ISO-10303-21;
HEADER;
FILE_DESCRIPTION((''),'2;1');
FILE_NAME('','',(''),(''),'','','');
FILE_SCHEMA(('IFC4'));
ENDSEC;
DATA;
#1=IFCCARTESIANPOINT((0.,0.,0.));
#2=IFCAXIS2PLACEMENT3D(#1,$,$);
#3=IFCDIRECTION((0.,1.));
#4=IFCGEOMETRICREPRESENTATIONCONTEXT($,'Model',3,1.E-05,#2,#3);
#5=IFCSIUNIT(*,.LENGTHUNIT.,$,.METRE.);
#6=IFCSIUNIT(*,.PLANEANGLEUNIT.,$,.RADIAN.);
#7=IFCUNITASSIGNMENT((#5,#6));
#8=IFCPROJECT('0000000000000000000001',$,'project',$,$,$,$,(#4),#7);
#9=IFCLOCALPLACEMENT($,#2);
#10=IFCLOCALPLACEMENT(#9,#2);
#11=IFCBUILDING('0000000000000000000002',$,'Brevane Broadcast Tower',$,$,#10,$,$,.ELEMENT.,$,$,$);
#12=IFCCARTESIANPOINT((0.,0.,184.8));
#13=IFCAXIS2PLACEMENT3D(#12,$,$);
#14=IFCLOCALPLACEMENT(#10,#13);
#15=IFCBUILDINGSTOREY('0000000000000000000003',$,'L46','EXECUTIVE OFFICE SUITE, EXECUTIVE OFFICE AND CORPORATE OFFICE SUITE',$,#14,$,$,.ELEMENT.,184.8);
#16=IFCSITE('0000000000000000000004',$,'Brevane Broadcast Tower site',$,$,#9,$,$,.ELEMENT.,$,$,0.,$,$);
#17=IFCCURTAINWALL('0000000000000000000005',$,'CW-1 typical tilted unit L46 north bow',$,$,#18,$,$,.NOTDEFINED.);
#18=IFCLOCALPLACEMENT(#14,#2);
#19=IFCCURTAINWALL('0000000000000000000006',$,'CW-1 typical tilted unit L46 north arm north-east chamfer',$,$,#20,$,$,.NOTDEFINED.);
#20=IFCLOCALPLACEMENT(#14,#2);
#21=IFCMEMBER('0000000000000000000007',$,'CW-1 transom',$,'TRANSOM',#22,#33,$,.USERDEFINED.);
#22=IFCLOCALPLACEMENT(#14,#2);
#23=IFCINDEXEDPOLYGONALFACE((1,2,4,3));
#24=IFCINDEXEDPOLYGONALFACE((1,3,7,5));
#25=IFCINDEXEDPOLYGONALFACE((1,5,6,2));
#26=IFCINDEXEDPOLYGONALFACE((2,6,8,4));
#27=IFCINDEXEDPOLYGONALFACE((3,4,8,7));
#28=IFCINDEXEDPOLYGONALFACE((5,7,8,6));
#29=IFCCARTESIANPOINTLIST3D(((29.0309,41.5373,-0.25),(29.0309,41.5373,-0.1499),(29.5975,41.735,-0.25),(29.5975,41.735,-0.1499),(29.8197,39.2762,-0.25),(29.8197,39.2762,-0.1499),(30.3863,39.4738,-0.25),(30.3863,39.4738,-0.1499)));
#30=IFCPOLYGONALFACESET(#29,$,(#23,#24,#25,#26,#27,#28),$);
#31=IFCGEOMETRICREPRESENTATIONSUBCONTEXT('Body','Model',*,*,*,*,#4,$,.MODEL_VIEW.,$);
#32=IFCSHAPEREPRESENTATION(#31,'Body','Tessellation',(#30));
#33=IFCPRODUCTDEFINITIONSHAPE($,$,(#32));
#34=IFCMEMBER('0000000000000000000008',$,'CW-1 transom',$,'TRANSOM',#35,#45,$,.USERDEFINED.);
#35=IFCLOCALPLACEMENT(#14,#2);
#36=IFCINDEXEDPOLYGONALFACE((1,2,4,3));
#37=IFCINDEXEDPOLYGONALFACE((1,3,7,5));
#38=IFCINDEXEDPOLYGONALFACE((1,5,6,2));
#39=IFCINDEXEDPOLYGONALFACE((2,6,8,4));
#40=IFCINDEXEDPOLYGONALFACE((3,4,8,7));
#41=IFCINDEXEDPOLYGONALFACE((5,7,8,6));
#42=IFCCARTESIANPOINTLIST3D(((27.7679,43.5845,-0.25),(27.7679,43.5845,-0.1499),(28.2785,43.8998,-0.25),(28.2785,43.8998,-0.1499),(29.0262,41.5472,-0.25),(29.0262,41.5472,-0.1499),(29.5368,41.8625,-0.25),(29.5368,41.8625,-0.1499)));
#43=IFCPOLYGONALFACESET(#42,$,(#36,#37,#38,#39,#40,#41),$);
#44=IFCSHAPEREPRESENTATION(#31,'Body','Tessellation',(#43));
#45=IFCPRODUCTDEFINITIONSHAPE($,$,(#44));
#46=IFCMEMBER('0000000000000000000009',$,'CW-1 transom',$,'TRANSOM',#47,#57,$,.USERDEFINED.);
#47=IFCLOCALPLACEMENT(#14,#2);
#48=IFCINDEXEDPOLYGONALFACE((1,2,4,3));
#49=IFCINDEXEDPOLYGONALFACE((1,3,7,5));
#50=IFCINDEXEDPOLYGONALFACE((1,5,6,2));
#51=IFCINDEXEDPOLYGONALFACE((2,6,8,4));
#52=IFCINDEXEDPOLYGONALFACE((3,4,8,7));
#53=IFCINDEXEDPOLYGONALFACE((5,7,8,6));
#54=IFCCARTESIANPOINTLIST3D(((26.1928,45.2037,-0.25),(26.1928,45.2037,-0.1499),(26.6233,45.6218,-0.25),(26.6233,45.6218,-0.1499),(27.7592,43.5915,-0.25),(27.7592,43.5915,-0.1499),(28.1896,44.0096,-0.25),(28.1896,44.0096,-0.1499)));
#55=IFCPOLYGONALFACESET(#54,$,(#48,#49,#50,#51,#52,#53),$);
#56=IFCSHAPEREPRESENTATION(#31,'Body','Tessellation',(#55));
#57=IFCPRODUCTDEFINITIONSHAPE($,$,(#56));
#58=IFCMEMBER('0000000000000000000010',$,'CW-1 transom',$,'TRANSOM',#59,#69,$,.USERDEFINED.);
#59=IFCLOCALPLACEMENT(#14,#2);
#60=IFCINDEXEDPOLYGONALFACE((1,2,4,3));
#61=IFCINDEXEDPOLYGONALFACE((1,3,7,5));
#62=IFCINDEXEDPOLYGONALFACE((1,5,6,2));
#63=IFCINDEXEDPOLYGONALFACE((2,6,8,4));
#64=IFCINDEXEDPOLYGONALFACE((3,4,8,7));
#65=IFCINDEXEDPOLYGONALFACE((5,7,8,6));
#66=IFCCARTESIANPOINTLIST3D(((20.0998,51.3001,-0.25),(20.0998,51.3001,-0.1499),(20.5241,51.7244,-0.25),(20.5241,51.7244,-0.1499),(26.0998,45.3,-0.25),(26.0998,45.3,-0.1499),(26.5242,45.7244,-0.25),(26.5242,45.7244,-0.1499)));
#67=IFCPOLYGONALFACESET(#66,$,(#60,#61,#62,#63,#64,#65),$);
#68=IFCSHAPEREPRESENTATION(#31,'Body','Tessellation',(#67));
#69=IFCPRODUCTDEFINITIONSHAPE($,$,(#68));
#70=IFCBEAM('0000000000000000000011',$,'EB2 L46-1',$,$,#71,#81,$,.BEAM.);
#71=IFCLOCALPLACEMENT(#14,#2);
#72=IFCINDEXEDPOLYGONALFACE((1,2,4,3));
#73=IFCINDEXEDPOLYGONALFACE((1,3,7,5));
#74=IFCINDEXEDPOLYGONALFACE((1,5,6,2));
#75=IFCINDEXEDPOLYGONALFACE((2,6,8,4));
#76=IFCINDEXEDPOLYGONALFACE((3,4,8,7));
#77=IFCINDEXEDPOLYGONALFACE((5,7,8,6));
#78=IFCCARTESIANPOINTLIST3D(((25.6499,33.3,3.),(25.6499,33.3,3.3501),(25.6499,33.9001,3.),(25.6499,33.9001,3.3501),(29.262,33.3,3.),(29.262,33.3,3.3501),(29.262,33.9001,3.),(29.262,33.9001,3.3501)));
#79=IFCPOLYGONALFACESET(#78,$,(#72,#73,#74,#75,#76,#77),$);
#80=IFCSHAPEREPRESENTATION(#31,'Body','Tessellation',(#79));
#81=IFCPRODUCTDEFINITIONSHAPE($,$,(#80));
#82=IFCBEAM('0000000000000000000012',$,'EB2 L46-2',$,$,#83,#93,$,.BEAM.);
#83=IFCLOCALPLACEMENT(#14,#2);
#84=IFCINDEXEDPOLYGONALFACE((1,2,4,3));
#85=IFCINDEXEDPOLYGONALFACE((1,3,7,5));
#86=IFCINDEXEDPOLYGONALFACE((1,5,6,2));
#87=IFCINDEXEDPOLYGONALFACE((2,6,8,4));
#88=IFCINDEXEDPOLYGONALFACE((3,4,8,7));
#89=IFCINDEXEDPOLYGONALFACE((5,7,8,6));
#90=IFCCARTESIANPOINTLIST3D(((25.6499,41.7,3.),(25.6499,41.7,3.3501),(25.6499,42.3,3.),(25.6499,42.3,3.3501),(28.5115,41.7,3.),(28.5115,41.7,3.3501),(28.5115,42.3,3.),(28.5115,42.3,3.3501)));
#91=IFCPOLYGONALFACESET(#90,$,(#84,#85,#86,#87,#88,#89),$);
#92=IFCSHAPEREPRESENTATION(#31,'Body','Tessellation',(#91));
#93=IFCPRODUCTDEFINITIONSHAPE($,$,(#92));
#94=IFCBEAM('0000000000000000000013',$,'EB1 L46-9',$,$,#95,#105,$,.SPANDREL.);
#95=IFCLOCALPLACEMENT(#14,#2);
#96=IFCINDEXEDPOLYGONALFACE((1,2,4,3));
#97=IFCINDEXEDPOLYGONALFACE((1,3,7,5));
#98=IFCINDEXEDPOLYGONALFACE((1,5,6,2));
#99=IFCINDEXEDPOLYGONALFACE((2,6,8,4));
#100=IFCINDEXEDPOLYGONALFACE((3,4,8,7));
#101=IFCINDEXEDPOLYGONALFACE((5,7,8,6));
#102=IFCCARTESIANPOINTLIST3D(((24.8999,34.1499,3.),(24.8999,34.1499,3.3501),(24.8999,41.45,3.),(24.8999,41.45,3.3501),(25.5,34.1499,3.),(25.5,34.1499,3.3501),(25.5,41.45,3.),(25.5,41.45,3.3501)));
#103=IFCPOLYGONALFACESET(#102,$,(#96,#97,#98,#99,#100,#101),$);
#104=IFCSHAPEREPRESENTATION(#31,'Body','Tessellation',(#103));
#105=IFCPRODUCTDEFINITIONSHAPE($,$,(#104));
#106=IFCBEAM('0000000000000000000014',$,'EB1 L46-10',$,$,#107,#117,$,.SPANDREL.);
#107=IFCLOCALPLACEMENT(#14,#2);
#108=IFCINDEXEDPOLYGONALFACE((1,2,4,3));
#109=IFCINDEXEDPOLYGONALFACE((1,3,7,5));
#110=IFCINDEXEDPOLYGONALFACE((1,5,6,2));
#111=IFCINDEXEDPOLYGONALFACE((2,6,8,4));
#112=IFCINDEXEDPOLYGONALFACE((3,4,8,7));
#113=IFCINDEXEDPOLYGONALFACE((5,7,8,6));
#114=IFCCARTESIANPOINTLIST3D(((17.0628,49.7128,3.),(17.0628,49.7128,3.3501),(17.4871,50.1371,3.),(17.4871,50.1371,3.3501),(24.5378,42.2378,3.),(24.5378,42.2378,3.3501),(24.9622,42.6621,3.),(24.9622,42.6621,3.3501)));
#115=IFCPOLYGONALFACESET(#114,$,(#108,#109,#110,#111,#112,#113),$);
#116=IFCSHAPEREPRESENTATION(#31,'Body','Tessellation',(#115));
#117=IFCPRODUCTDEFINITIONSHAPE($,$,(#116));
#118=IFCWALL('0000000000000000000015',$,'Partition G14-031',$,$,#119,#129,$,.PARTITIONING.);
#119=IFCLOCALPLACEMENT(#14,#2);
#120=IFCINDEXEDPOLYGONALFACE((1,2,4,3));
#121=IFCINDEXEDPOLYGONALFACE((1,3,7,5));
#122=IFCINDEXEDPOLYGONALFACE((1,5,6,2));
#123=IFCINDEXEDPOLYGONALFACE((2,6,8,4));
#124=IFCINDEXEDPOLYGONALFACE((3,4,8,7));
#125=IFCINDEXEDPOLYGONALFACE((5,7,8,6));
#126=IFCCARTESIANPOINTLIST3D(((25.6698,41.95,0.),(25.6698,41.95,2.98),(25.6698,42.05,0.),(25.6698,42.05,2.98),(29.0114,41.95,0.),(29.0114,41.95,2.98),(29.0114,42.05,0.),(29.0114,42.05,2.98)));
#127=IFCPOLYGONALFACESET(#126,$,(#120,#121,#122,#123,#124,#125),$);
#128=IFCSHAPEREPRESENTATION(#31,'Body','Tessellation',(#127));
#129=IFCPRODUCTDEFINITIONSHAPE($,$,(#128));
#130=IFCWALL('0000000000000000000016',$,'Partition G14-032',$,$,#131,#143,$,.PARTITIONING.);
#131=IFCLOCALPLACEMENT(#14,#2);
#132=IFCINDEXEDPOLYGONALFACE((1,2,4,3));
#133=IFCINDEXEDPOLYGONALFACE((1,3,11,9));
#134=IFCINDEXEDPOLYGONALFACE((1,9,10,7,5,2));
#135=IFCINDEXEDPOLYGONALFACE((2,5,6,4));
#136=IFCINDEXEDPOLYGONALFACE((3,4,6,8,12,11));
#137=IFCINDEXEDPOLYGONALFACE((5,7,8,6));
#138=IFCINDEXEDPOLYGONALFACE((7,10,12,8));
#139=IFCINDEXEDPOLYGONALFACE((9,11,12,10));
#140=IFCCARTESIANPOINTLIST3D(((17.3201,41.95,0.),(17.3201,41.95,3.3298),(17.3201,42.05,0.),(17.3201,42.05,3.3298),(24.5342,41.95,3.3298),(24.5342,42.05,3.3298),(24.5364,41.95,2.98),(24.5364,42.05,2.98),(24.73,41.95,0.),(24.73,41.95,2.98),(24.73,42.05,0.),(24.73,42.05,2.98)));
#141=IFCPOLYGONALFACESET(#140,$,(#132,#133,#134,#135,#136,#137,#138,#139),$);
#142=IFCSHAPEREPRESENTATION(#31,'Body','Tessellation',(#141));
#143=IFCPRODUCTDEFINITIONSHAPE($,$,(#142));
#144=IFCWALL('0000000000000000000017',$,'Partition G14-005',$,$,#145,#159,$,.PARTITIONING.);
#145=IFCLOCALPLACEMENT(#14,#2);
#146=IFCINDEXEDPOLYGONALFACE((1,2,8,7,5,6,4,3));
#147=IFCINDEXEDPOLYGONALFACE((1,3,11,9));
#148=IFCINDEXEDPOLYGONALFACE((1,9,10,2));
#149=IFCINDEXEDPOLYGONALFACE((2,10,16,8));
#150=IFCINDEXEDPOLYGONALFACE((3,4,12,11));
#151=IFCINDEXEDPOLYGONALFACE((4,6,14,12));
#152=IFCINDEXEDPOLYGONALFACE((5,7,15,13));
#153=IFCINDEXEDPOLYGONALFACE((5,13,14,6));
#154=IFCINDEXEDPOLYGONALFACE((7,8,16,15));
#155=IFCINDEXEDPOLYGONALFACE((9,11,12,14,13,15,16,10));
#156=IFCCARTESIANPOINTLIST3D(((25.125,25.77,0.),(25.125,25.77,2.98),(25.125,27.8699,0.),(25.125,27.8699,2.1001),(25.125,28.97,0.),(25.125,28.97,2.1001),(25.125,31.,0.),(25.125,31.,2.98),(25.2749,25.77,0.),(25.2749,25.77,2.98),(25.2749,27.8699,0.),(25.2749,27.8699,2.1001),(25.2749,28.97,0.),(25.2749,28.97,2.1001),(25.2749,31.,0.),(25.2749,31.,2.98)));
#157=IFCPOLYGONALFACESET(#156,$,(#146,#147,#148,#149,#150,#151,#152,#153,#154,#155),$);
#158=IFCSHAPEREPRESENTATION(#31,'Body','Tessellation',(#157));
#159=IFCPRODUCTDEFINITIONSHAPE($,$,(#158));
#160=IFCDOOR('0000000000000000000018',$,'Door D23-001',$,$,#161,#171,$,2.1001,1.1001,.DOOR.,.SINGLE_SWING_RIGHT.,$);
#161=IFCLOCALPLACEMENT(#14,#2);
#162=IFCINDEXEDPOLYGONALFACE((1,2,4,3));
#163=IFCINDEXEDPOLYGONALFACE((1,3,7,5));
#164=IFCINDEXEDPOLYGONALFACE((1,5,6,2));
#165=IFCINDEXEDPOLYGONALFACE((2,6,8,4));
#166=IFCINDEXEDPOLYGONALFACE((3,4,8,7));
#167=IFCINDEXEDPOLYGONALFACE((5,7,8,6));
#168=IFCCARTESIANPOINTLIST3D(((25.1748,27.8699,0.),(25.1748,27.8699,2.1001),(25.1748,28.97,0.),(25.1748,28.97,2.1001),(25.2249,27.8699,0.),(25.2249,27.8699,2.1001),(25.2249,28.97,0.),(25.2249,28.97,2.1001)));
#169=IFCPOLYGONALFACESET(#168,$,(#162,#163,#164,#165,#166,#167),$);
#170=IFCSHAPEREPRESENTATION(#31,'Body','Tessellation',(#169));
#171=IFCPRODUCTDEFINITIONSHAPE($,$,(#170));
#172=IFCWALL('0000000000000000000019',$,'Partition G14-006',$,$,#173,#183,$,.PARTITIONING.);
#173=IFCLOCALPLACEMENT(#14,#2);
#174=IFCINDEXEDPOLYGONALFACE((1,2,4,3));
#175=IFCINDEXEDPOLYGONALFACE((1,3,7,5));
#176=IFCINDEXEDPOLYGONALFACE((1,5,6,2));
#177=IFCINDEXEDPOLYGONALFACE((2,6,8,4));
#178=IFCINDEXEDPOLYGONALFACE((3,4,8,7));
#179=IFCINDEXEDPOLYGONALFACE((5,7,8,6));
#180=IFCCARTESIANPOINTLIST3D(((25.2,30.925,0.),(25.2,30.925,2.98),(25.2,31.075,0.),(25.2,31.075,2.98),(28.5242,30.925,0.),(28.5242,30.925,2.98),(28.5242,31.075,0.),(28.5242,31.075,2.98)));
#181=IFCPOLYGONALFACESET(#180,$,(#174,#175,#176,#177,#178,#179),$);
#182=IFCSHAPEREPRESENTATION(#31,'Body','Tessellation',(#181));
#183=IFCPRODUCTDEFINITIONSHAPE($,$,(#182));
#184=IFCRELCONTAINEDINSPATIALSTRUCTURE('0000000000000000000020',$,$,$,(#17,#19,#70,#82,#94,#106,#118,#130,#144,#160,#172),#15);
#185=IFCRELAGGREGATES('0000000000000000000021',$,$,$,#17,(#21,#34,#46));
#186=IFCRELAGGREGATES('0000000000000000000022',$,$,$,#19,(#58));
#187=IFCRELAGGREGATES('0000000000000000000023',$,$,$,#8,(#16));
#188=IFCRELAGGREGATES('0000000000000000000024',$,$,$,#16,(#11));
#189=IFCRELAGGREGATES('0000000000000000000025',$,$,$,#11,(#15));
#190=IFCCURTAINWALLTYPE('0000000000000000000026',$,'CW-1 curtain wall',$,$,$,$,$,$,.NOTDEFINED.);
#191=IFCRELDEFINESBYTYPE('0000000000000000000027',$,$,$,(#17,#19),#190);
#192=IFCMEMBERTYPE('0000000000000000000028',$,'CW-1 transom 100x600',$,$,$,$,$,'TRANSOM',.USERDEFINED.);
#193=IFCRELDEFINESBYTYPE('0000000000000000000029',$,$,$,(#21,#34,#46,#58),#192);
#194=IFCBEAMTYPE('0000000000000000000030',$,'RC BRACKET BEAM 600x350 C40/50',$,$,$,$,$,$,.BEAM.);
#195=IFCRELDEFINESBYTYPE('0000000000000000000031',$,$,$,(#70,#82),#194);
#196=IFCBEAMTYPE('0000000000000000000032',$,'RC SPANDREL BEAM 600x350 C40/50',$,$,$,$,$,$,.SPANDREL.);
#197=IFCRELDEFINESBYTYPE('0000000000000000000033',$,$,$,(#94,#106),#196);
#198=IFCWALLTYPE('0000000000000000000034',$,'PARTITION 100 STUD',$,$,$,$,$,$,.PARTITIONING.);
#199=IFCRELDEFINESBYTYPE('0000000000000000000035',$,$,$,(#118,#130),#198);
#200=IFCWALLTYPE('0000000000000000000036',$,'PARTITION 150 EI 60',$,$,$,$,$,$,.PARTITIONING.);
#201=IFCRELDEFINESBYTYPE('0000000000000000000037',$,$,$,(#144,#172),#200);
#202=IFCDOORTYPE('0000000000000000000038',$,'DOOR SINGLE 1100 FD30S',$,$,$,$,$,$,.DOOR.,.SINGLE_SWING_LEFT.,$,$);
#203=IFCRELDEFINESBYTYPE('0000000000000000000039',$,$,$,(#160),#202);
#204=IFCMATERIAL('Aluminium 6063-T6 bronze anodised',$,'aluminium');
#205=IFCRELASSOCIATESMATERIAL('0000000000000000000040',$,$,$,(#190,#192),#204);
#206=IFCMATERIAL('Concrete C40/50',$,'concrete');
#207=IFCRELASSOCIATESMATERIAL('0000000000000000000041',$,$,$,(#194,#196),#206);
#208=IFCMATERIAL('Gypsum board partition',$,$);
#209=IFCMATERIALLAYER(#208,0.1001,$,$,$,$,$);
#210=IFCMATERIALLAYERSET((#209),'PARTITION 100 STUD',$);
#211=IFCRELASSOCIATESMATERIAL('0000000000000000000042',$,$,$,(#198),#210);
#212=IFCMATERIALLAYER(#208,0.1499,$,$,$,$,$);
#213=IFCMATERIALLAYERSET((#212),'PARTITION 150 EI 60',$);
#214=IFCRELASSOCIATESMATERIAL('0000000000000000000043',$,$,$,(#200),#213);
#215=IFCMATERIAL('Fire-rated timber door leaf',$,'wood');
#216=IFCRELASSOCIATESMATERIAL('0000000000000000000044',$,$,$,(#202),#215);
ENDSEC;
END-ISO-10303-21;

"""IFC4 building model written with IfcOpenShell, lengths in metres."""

from ifc_helpers import new_model, si_unit, direction, frame, frame_2d, origin, origin_2d, place, context, subcontext, project, spatial, polyline, rectangle, outline, extrude, material, layer, layer_set, material_profile, profile_set, type_object, element, fill, aggregate, save


model = new_model("IFC4")

# Units and contexts
model_context = context("Model", 3, precision=1e-05, world=origin(), true_north=direction((0.0, 1.0)))
body_context = subcontext(model_context, "Body", "Model", "MODEL_VIEW")
ifc_project = project(units=[si_unit("LENGTHUNIT", "METRE"), si_unit("PLANEANGLEUNIT", "RADIAN")], contexts=[model_context])

# Site, building, storey
site_placement = place(None, origin())
site = spatial("IfcSite", under=ifc_project, at=site_placement, Name="Brevane Broadcast Tower site", CompositionType="ELEMENT", RefElevation=0.0)
building_placement = place(site_placement, origin())
building = spatial("IfcBuilding", under=site, at=building_placement, Name="Brevane Broadcast Tower", CompositionType="ELEMENT")
storey_placement = place(building_placement, frame((0.0, 0.0, 184.8)))
storey = spatial("IfcBuildingStorey", under=building, at=storey_placement, Name="L46", Description="EXECUTIVE OFFICE SUITE, EXECUTIVE OFFICE AND CORPORATE OFFICE SUITE", CompositionType="ELEMENT", Elevation=184.8)

# Curtain wall
ifc_material_1 = material(Name="Aluminium 6063-T6 bronze anodised", Category="aluminium")
curtain_wall_type = type_object("IfcCurtainWallType", Name="CW-1 curtain wall", PredefinedType="NOTDEFINED", material=ifc_material_1)
curtain_wall_1_placement = place(storey_placement, origin())
curtain_wall_1 = element("IfcCurtainWall", 1, at=curtain_wall_1_placement, inside=storey, type_object=curtain_wall_type, Name="CW-1 typical tilted unit L46 north bow", PredefinedType="NOTDEFINED")

# Curtain wall
curtain_wall_2_placement = place(storey_placement, origin())
curtain_wall_2 = element("IfcCurtainWall", 2, at=curtain_wall_2_placement, inside=storey, type_object=curtain_wall_type, Name="CW-1 typical tilted unit L46 north arm north-east chamfer", PredefinedType="NOTDEFINED")

# Members
ifc_material_profile_1 = material_profile(ifc_material_1, rectangle(XDim=0.6001, YDim=0.1001, at=origin_2d()), Name="RECT 100x600")
ifc_profile_set_1 = profile_set([ifc_material_profile_1], Name="Aluminium 6063-T6 bronze anodised")
member_type_1 = type_object("IfcMemberType", Name="CW-1 transom 100x600", ElementType="TRANSOM", PredefinedType="USERDEFINED", material=ifc_profile_set_1)
member_1_placement = place(storey_placement, frame((30.103, 39.375, -0.2), z_axis=(-0.329378, 0.944198, 0.0), x_axis=(-0.944198, -0.329378, 0.0)))
member_1 = element("IfcMember", 3, at=member_1_placement, type_object=member_type_1, Name="CW-1 transom", ObjectType="TRANSOM", PredefinedType="USERDEFINED", context=body_context, shape_type="SweptSolid", body=[
    extrude(rectangle(XDim=0.6001, YDim=0.1001, at=origin_2d()), origin(), (0.0, 0.0, 1.0), 2.3948),
])
member_2_placement = place(storey_placement, frame((29.2815, 41.7048, -0.2), z_axis=(-0.525473, 0.85081, 0.0), x_axis=(-0.85081, -0.525473, 0.0)))
member_2 = element("IfcMember", 4, at=member_2_placement, type_object=member_type_1, Name="CW-1 transom", ObjectType="TRANSOM", PredefinedType="USERDEFINED", context=body_context, shape_type="SweptSolid", body=[
    extrude(rectangle(XDim=0.6001, YDim=0.1001, at=origin_2d()), origin(), (0.0, 0.0, 1.0), 2.3945),
])
member_3_placement = place(storey_placement, frame((27.9744, 43.8005, -0.2), z_axis=(-0.696824, 0.717242, 0.0), x_axis=(-0.717242, -0.696824, 0.0)))
member_3 = element("IfcMember", 5, at=member_3_placement, type_object=member_type_1, Name="CW-1 transom", ObjectType="TRANSOM", PredefinedType="USERDEFINED", context=body_context, shape_type="SweptSolid", body=[
    extrude(rectangle(XDim=0.6001, YDim=0.1001, at=origin_2d()), origin(), (0.0, 0.0, 1.0), 2.2478),
])
aggregate(curtain_wall_1, [member_1, member_2, member_3])
member_4_placement = place(storey_placement, frame((26.312, 45.5122, -0.2), z_axis=(-0.707107, 0.707107, 0.0), x_axis=(-0.707107, -0.707107, 0.0)))
member_4 = element("IfcMember", 6, at=member_4_placement, type_object=member_type_1, Name="CW-1 transom", ObjectType="TRANSOM", PredefinedType="USERDEFINED", context=body_context, shape_type="SweptSolid", body=[
    extrude(rectangle(XDim=0.6001, YDim=0.1001, at=origin_2d()), origin(), (0.0, 0.0, 1.0), 8.4854),
])
aggregate(curtain_wall_2, [member_4])

# Beams
ifc_material_2 = material(Name="Concrete C40/50", Category="concrete")
ifc_material_profile_2 = material_profile(ifc_material_2, rectangle(XDim=0.6001, YDim=0.3501, at=origin_2d()), Name="RC 600x350")
ifc_profile_set_2 = profile_set([ifc_material_profile_2], Name="Concrete C40/50")
beam_type_1 = type_object("IfcBeamType", Name="RC BRACKET BEAM 600x350 C40/50", PredefinedType="BEAM", material=ifc_profile_set_2)
beam_1_placement = place(storey_placement, frame((25.6499, 33.6001, 3.175), z_axis=(1.0, 0.0, 0.0), x_axis=(0.0, 1.0, 0.0)))
element("IfcBeam", 7, at=beam_1_placement, inside=storey, type_object=beam_type_1, Name="EB2 L46-1", PredefinedType="BEAM", context=body_context, shape_type="SweptSolid", body=[
    extrude(rectangle(XDim=0.6001, YDim=0.3501, at=origin_2d()), origin(), (0.0, 0.0, 1.0), 3.6121),
])
beam_2_placement = place(storey_placement, frame((25.6499, 42.0, 3.175), z_axis=(1.0, 0.0, 0.0), x_axis=(0.0, 1.0, 0.0)))
element("IfcBeam", 8, at=beam_2_placement, inside=storey, type_object=beam_type_1, Name="EB2 L46-2", PredefinedType="BEAM", context=body_context, shape_type="SweptSolid", body=[
    extrude(rectangle(XDim=0.6001, YDim=0.3501, at=origin_2d()), origin(), (0.0, 0.0, 1.0), 2.8616),
])
ifc_material_profile_3 = material_profile(ifc_material_2, rectangle(XDim=0.6001, YDim=0.3501, at=origin_2d()), Name="RC 600x350")
ifc_profile_set_3 = profile_set([ifc_material_profile_3], Name="Concrete C40/50")
beam_type_2 = type_object("IfcBeamType", Name="RC SPANDREL BEAM 600x350 C40/50", PredefinedType="SPANDREL", material=ifc_profile_set_3)
beam_3_placement = place(storey_placement, frame((25.2, 34.1499, 3.175), z_axis=(0.0, 1.0, 0.0), x_axis=(-1.0, 0.0, 0.0)))
element("IfcBeam", 9, at=beam_3_placement, inside=storey, type_object=beam_type_2, Name="EB1 L46-9", PredefinedType="SPANDREL", context=body_context, shape_type="SweptSolid", body=[
    extrude(rectangle(XDim=0.6001, YDim=0.3501, at=origin_2d()), origin(), (0.0, 0.0, 1.0), 7.3),
])
beam_4_placement = place(storey_placement, frame((24.75, 42.45, 3.175), z_axis=(-0.707107, 0.707107, 0.0), x_axis=(-0.707107, -0.707107, 0.0)))
element("IfcBeam", 10, at=beam_4_placement, inside=storey, type_object=beam_type_2, Name="EB1 L46-10", PredefinedType="SPANDREL", context=body_context, shape_type="SweptSolid", body=[
    extrude(rectangle(XDim=0.6001, YDim=0.3501, at=origin_2d()), origin(), (0.0, 0.0, 1.0), 10.5713),
])

# Walls
ifc_material_3 = material(Name="Gypsum board partition")
ifc_layer_1 = layer(ifc_material_3, 0.1001)
ifc_layer_set_1 = layer_set([ifc_layer_1], Name="PARTITION 100 STUD")
wall_type_1 = type_object("IfcWallType", Name="PARTITION 100 STUD", PredefinedType="PARTITIONING", material=ifc_layer_set_1)
wall_1_placement = place(storey_placement, frame((29.0115, 42.0, 0.0), z_axis=(0.0, 0.0, 1.0), x_axis=(-1.0, 0.0, 0.0)))
element("IfcWall", 11, at=wall_1_placement, inside=storey, type_object=wall_type_1, Name="Partition G14-031", PredefinedType="PARTITIONING", context=body_context, shape_type="SweptSolid", body=[
    extrude(rectangle(XDim=3.3416, YDim=0.1001, at=frame_2d((1.6709, 0.0))), origin(), (0.0, 0.0, 1.0), 2.98),
])
wall_2_placement = place(storey_placement, frame((24.73, 42.0, 0.0), z_axis=(0.0, 0.0, 1.0), x_axis=(-1.0, 0.0, 0.0)))
element("IfcWall", 12, at=wall_2_placement, inside=storey, type_object=wall_type_1, Name="Partition G14-032", PredefinedType="PARTITIONING", context=body_context, shape_type="SweptSolid", body=[
    extrude(outline(polyline([(0.0, 0.0), (7.4099, 0.0), (7.4099, 3.3298), (0.1958, 3.3298), (0.1936, 2.98), (0.0, 2.98), (0.0, 0.0)])), frame((0.0, 0.05, 0.0), z_axis=(0.0, -1.0, 0.0), x_axis=(1.0, 0.0, 0.0)), (0.0, 0.0, 1.0), 0.1001),
])

# Wall, opening, door
ifc_layer_2 = layer(ifc_material_3, 0.1499)
ifc_layer_set_2 = layer_set([ifc_layer_2], Name="PARTITION 150 EI 60")
wall_type_2 = type_object("IfcWallType", Name="PARTITION 150 EI 60", PredefinedType="PARTITIONING", material=ifc_layer_set_2)
wall_3_placement = place(storey_placement, frame((25.2, 31.0, 0.0), z_axis=(0.0, 0.0, 1.0), x_axis=(0.0, -1.0, 0.0)))
wall_3 = element("IfcWall", 13, at=wall_3_placement, inside=storey, type_object=wall_type_2, Name="Partition G14-005", PredefinedType="PARTITIONING", context=body_context, shape_type="SweptSolid", body=[
    extrude(outline(polyline([(0.0, 0.0), (5.23, 0.0), (5.23, 2.98), (0.0, 2.98), (0.0, 0.0)])), frame((0.0, 0.075, 0.0), z_axis=(0.0, -1.0, 0.0), x_axis=(1.0, 0.0, 0.0)), (0.0, 0.0, 1.0), 0.1499),
])
opening_placement = place(wall_3_placement, frame((2.03, 0.0, 0.0)))
opening = element("IfcOpeningElement", 14, at=opening_placement, cuts=wall_3, PredefinedType="OPENING", context=body_context, shape_type="SweptSolid", body=[
    extrude(rectangle(XDim=1.1001, YDim=2.1001, at=frame_2d((0.55, 1.05))), frame((0.0, 0.085, 0.0), z_axis=(0.0, -1.0, 0.0), x_axis=(1.0, 0.0, 0.0)), (0.0, 0.0, 1.0), 0.1699),
])
ifc_material_4 = material(Name="Fire-rated timber door leaf", Category="wood")
door_type = type_object("IfcDoorType", Name="DOOR SINGLE 1100 FD30S", OperationType="SINGLE_SWING_LEFT", PredefinedType="DOOR", material=ifc_material_4)
door_placement = place(opening_placement, origin())
door = element("IfcDoor", 15, at=door_placement, inside=storey, type_object=door_type, Name="Door D23-001", OperationType="SINGLE_SWING_RIGHT", OverallHeight=2.1001, OverallWidth=1.1001, PredefinedType="DOOR", context=body_context, shape_type="SweptSolid", body=[
    extrude(rectangle(XDim=1.1001, YDim=2.1001, at=frame_2d((0.55, 1.05))), frame((0.0, 0.0249, 0.0), z_axis=(0.0, -1.0, 0.0), x_axis=(1.0, 0.0, 0.0)), (0.0, 0.0, 1.0), 0.05),
])
fill(opening, door)

# Wall
wall_4_placement = place(storey_placement, frame((25.2, 31.0, 0.0), z_axis=(0.0, 0.0, 1.0), x_axis=(1.0, 0.0, 0.0)))
element("IfcWall", 16, at=wall_4_placement, inside=storey, type_object=wall_type_2, Name="Partition G14-006", PredefinedType="PARTITIONING", context=body_context, shape_type="SweptSolid", body=[
    extrude(rectangle(XDim=3.3242, YDim=0.1499, at=frame_2d((1.6621, 0.0))), origin(), (0.0, 0.0, 1.0), 2.98),
])

save(model, "model.ifc")
